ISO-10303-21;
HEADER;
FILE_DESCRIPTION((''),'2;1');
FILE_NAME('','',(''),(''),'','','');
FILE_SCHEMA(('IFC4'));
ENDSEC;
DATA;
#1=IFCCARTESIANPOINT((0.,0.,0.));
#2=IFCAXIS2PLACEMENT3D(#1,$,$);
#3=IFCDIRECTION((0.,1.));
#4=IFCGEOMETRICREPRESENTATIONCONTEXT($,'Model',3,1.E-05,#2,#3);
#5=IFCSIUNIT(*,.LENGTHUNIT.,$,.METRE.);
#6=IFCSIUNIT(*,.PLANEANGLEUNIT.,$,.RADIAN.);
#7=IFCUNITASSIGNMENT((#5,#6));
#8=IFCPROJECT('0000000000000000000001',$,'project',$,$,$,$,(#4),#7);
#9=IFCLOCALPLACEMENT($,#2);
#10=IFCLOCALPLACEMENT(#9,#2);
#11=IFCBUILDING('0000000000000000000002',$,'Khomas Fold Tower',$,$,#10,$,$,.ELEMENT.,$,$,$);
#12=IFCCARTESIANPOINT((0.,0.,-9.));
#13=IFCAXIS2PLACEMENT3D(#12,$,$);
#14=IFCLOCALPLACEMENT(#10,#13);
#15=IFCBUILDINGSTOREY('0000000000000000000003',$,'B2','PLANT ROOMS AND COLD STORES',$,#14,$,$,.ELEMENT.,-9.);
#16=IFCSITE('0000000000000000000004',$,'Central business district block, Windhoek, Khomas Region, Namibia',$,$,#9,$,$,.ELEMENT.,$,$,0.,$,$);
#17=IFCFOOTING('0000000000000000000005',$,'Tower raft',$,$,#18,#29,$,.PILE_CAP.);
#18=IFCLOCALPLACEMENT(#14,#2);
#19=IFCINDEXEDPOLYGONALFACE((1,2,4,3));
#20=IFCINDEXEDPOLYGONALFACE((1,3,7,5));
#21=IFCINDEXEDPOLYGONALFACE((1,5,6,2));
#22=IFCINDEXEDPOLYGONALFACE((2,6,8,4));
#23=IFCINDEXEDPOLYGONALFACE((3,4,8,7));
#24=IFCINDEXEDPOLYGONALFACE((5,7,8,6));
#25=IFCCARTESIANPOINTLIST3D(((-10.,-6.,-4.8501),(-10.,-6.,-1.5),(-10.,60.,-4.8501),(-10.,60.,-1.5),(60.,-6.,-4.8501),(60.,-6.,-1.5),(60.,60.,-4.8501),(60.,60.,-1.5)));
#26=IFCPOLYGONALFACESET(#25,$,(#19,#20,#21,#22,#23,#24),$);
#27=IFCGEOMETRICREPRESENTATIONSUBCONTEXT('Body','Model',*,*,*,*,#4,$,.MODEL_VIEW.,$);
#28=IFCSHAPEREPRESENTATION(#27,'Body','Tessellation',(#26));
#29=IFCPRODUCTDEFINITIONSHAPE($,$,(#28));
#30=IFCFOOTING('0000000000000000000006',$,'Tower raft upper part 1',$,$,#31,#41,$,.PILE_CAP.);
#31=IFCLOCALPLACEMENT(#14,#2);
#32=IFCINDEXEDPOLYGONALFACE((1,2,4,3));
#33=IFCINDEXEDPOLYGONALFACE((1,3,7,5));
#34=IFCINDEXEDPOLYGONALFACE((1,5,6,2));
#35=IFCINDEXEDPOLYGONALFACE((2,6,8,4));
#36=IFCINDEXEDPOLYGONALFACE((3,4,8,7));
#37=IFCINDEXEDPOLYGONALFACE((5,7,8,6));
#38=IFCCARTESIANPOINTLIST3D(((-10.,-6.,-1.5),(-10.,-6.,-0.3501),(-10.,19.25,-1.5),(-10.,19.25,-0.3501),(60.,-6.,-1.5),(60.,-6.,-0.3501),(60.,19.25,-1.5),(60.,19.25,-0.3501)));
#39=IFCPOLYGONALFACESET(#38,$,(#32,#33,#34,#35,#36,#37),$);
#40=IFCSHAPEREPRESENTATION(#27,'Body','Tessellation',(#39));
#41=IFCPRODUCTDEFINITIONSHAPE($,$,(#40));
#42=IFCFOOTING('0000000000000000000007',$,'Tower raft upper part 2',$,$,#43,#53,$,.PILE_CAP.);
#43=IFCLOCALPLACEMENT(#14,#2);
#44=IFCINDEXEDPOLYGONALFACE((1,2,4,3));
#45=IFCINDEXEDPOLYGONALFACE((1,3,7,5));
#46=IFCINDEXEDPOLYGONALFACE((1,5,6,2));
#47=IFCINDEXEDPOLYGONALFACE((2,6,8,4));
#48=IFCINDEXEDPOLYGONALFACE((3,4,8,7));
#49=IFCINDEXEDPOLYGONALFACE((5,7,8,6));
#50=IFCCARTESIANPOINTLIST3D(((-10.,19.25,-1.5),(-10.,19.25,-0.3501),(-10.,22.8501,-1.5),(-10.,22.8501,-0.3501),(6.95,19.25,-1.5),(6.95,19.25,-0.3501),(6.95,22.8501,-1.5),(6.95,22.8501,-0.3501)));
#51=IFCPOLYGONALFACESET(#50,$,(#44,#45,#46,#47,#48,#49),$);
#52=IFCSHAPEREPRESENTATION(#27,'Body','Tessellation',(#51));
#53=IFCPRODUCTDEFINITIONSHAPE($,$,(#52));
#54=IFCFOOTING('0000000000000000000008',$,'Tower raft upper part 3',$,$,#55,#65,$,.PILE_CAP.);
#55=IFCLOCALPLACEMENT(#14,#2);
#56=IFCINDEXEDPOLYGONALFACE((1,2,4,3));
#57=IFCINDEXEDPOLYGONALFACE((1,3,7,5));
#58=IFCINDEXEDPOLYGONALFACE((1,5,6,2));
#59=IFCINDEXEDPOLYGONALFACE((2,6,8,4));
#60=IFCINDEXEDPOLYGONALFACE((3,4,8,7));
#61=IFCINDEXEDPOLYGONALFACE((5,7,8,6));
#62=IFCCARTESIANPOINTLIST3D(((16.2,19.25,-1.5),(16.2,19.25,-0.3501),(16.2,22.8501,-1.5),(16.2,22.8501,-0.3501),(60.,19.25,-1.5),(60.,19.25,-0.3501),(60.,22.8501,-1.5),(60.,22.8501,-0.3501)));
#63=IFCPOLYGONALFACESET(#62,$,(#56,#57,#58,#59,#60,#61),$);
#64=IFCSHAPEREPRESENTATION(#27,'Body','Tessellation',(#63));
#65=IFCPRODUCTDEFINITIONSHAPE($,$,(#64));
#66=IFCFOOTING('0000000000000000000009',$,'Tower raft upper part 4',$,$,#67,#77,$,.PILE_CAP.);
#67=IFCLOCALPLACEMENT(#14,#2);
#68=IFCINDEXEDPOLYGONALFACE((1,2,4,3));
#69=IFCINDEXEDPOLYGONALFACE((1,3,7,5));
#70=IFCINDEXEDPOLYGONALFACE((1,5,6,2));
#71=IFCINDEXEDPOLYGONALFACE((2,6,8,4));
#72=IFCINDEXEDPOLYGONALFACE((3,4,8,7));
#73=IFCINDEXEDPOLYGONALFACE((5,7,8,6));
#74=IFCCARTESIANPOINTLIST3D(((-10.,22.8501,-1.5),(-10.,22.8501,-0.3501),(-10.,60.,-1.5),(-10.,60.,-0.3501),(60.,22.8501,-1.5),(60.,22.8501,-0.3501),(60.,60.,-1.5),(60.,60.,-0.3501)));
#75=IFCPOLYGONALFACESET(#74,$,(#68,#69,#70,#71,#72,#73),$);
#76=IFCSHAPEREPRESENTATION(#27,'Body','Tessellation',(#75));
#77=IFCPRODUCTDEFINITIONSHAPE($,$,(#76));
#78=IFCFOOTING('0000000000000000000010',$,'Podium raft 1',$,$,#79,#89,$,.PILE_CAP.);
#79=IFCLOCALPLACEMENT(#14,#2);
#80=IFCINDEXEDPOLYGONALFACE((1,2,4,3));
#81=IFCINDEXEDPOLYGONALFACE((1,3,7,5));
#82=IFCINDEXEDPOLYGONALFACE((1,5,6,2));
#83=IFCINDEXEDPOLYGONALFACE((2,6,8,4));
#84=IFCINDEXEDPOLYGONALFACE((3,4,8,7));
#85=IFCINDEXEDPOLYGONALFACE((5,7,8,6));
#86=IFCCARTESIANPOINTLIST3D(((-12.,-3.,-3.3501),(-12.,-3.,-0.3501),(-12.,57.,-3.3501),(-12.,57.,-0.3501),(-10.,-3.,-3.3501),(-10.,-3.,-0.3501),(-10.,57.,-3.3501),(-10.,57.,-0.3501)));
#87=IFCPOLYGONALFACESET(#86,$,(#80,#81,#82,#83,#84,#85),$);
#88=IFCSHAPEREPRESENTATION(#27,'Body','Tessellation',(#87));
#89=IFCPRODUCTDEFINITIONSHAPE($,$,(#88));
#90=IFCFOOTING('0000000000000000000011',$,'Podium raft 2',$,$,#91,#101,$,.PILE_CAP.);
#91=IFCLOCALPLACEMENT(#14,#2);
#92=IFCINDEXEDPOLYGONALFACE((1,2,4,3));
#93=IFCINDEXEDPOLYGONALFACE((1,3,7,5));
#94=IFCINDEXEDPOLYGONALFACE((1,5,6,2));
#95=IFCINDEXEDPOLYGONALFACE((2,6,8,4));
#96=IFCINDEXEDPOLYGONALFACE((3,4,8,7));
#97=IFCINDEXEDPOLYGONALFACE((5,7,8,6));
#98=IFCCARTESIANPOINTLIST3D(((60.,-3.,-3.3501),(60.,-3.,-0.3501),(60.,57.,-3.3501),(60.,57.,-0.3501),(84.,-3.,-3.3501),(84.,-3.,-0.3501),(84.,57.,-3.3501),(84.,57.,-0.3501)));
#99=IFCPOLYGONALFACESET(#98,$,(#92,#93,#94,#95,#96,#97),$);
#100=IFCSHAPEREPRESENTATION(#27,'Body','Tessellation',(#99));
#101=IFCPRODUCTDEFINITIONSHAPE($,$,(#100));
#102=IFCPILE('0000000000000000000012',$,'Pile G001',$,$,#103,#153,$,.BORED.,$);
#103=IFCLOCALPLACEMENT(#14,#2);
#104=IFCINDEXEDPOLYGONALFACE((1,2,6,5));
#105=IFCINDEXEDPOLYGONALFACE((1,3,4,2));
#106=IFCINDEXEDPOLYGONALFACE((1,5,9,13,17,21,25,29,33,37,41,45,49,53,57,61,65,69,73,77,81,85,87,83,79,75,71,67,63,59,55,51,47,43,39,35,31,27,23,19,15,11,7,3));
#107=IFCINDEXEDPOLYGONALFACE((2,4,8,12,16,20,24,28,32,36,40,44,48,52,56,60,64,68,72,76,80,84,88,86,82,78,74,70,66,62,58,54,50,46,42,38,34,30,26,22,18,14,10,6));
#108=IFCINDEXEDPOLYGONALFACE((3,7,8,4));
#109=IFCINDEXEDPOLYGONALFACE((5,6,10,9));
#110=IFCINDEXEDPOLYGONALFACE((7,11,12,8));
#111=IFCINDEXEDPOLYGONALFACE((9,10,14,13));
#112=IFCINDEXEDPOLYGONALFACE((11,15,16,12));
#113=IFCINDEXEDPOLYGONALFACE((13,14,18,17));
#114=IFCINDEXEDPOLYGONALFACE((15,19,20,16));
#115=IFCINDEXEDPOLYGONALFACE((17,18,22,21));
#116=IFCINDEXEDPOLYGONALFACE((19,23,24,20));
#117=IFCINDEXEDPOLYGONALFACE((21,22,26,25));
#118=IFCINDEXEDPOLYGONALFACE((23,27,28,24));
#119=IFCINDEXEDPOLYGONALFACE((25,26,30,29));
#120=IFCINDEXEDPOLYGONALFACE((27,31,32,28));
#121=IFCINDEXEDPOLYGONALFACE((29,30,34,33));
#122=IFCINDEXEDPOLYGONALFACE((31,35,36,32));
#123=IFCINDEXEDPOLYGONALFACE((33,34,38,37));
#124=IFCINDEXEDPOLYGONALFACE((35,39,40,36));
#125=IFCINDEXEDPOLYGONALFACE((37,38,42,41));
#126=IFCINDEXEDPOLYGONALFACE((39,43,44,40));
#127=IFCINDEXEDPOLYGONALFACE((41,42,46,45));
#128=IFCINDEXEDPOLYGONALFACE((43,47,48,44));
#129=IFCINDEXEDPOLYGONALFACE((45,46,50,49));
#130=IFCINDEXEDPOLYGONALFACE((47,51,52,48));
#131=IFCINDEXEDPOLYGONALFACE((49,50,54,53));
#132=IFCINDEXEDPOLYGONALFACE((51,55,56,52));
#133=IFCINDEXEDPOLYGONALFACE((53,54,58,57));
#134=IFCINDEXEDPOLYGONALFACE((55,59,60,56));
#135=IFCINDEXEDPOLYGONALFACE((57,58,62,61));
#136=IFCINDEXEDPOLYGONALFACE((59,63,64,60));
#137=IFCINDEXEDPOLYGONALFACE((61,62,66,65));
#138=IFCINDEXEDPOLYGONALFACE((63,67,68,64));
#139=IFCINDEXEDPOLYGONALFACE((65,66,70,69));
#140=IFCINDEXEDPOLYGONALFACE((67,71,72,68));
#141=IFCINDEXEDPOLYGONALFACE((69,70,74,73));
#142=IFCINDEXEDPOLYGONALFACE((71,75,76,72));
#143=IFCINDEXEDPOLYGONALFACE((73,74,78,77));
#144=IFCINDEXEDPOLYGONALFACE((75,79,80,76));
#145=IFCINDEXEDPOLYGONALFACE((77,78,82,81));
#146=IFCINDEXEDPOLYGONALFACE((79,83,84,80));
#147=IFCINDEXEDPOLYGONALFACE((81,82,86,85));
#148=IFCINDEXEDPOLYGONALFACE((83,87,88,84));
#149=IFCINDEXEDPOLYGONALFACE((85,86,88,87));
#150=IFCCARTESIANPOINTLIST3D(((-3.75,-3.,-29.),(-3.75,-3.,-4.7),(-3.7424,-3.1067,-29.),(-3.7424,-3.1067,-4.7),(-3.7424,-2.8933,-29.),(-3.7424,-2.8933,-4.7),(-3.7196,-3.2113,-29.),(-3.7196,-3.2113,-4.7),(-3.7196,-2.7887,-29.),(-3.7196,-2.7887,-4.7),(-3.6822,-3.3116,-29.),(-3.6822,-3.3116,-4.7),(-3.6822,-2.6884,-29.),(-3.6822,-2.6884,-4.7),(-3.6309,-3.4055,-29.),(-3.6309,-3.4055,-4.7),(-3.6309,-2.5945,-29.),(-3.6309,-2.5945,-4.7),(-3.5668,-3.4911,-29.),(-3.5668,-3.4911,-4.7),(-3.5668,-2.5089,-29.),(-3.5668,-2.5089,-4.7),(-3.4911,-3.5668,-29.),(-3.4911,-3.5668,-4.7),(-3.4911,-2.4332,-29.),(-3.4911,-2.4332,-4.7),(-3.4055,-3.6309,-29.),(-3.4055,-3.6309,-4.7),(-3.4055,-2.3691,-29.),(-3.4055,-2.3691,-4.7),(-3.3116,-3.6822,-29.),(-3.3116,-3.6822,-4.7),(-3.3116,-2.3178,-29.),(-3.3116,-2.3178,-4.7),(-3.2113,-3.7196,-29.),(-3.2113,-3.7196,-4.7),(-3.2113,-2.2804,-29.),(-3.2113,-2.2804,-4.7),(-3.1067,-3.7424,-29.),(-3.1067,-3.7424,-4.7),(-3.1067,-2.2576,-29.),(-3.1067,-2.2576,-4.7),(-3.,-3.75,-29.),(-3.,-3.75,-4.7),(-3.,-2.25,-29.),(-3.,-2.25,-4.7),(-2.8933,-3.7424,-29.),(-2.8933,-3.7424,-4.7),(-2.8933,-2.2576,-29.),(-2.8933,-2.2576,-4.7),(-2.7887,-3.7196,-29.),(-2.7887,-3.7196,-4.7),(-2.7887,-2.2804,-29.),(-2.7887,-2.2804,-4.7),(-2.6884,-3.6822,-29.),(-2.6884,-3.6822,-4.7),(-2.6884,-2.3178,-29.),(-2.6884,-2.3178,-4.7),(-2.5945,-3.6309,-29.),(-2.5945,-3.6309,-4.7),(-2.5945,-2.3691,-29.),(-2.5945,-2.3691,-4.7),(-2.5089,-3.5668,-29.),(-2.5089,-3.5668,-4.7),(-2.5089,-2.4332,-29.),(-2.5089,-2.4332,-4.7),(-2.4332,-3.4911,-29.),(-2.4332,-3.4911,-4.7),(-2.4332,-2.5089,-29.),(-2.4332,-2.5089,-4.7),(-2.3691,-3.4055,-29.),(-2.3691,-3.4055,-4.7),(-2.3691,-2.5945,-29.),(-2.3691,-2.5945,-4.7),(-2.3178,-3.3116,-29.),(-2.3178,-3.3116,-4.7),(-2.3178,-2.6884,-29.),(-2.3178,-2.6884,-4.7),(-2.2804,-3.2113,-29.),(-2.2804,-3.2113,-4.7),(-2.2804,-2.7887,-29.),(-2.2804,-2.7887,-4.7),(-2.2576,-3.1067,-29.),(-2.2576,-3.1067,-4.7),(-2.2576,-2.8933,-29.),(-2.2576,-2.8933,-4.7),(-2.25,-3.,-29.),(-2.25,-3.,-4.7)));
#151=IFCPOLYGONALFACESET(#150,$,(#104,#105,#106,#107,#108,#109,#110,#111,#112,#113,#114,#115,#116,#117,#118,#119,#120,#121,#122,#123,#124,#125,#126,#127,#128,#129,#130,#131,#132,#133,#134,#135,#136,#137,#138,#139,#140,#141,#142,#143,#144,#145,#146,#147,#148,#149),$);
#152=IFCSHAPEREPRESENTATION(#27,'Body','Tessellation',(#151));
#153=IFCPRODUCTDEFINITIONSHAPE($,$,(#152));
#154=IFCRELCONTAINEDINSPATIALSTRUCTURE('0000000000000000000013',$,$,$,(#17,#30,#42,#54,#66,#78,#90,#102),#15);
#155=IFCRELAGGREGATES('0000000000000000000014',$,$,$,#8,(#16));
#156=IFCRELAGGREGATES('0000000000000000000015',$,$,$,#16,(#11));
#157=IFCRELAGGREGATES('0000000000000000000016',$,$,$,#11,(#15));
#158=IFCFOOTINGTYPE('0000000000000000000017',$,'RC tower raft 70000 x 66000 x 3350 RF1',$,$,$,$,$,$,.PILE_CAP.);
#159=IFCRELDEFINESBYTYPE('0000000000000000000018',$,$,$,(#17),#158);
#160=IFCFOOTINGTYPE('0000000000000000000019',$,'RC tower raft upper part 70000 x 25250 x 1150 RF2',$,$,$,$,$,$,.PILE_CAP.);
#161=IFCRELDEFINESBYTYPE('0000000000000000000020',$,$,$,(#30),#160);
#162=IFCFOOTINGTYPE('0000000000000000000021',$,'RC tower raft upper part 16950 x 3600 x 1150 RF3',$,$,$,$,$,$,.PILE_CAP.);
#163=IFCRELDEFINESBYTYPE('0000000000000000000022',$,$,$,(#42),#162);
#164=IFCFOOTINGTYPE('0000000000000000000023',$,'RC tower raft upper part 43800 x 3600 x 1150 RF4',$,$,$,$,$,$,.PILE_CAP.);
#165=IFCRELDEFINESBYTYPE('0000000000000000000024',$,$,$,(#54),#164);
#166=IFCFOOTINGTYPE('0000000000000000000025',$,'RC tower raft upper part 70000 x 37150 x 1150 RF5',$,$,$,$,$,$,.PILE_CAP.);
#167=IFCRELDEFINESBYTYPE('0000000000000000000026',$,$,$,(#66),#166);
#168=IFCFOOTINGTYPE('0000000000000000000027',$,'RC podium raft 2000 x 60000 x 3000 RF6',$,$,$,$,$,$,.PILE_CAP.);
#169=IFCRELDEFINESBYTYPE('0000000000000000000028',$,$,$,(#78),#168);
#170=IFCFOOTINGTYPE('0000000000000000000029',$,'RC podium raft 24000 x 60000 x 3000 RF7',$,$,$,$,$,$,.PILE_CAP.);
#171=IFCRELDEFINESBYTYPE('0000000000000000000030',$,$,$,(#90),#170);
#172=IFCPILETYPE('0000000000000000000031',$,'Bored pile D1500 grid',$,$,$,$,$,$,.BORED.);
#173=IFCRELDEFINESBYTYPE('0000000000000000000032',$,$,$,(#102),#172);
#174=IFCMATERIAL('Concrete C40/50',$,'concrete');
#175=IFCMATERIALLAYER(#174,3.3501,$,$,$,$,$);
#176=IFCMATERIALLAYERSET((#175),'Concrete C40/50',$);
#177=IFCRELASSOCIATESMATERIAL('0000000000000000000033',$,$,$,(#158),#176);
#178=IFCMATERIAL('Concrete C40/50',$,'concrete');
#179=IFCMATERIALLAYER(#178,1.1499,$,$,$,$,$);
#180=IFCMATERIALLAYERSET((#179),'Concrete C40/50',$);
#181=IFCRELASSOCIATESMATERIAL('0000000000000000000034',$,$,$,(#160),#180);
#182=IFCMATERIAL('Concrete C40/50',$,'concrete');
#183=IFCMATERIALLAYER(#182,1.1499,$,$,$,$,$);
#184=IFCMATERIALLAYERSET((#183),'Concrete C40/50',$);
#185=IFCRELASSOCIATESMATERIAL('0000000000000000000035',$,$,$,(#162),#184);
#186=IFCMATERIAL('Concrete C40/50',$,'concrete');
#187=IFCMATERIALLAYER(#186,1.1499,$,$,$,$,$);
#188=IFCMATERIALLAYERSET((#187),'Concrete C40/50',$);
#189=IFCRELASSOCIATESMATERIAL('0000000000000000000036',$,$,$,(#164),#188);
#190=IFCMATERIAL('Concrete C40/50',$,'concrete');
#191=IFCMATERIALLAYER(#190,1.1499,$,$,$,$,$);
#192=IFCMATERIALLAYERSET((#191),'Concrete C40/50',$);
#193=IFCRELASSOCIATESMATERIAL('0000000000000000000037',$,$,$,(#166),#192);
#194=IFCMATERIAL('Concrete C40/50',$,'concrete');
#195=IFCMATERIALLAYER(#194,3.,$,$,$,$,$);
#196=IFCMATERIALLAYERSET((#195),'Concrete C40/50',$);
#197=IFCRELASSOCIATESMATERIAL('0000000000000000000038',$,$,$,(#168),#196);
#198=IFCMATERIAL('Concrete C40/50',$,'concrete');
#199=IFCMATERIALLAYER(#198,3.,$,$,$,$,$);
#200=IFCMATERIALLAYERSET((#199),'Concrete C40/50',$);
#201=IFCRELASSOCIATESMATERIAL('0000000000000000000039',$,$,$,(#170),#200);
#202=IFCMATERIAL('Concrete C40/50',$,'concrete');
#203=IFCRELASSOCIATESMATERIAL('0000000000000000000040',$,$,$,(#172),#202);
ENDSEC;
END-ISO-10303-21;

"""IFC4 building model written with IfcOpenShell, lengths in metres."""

from ifc_helpers import new_model, si_unit, direction, frame, origin, origin_2d, place, context, subcontext, project, spatial, polyline, circle, outline, extrude, source, transform, mapped, material, layer, layer_set, material_profile, profile_set, type_object, element, save


model = new_model("IFC4")

# Units and contexts
model_context = context("Model", 3, precision=1e-05, world=origin(), true_north=direction((0.0, 1.0)))
body_context = subcontext(model_context, "Body", "Model", "MODEL_VIEW")
ifc_project = project(units=[si_unit("LENGTHUNIT", "METRE"), si_unit("PLANEANGLEUNIT", "RADIAN")], contexts=[model_context])

# Site, building, storey
site_placement = place(None, origin())
site = spatial("IfcSite", under=ifc_project, at=site_placement, Name="Central business district block, Windhoek, Khomas Region, Namibia", CompositionType="ELEMENT", RefElevation=0.0)
building_placement = place(site_placement, origin())
building = spatial("IfcBuilding", under=site, at=building_placement, Name="Khomas Fold Tower", CompositionType="ELEMENT")
storey_placement = place(building_placement, frame((0.0, 0.0, -9.0)))
storey = spatial("IfcBuildingStorey", under=building, at=storey_placement, Name="B2", Description="PLANT ROOMS AND COLD STORES", CompositionType="ELEMENT", Elevation=-9.0)

# Footings
ifc_material_1 = material(Name="Concrete C40/50", Category="concrete")
ifc_layer_1 = layer(ifc_material_1, 3.3501)
ifc_layer_set_1 = layer_set([ifc_layer_1], Name="Concrete C40/50")
footing_type_1 = type_object("IfcFootingType", Name="RC tower raft 70000 x 66000 x 3350 RF1", PredefinedType="PILE_CAP", material=ifc_layer_set_1)
shared_shape_1 = source(origin(), body_context, "Body", "SweptSolid", [
    extrude(outline(polyline([(-10.0, -6.0), (60.0, -6.0), (60.0, 60.0), (-10.0, 60.0), (-10.0, -6.0)])), origin(), (0.0, 0.0, 1.0), 3.3501),
])
footing_1_placement = place(storey_placement, frame((0.0, 0.0, -4.8501)))
element("IfcFooting", 1, at=footing_1_placement, inside=storey, type_object=footing_type_1, Name="Tower raft", PredefinedType="PILE_CAP", context=body_context, shape_type="MappedRepresentation", body=[
    mapped(shared_shape_1, transform((0.0, 0.0, 0.0))),
])
ifc_material_2 = material(Name="Concrete C40/50", Category="concrete")
ifc_layer_2 = layer(ifc_material_2, 1.1499)
ifc_layer_set_2 = layer_set([ifc_layer_2], Name="Concrete C40/50")
footing_type_2 = type_object("IfcFootingType", Name="RC tower raft upper part 70000 x 25250 x 1150 RF2", PredefinedType="PILE_CAP", material=ifc_layer_set_2)
shared_shape_2 = source(origin(), body_context, "Body", "SweptSolid", [
    extrude(outline(polyline([(-10.0, -6.0), (60.0, -6.0), (60.0, 19.25), (-10.0, 19.25), (-10.0, -6.0)])), origin(), (0.0, 0.0, 1.0), 1.1499),
])
footing_2_placement = place(storey_placement, frame((0.0, 0.0, -1.5)))
element("IfcFooting", 2, at=footing_2_placement, inside=storey, type_object=footing_type_2, Name="Tower raft upper part 1", PredefinedType="PILE_CAP", context=body_context, shape_type="MappedRepresentation", body=[
    mapped(shared_shape_2, transform((0.0, 0.0, 0.0))),
])
ifc_material_3 = material(Name="Concrete C40/50", Category="concrete")
ifc_layer_3 = layer(ifc_material_3, 1.1499)
ifc_layer_set_3 = layer_set([ifc_layer_3], Name="Concrete C40/50")
footing_type_3 = type_object("IfcFootingType", Name="RC tower raft upper part 16950 x 3600 x 1150 RF3", PredefinedType="PILE_CAP", material=ifc_layer_set_3)
shared_shape_3 = source(origin(), body_context, "Body", "SweptSolid", [
    extrude(outline(polyline([(-10.0, 19.25), (6.95, 19.25), (6.95, 22.8501), (-10.0, 22.8501), (-10.0, 19.25)])), origin(), (0.0, 0.0, 1.0), 1.1499),
])
footing_3_placement = place(storey_placement, frame((0.0, 0.0, -1.5)))
element("IfcFooting", 3, at=footing_3_placement, inside=storey, type_object=footing_type_3, Name="Tower raft upper part 2", PredefinedType="PILE_CAP", context=body_context, shape_type="MappedRepresentation", body=[
    mapped(shared_shape_3, transform((0.0, 0.0, 0.0))),
])
ifc_material_4 = material(Name="Concrete C40/50", Category="concrete")
ifc_layer_4 = layer(ifc_material_4, 1.1499)
ifc_layer_set_4 = layer_set([ifc_layer_4], Name="Concrete C40/50")
footing_type_4 = type_object("IfcFootingType", Name="RC tower raft upper part 43800 x 3600 x 1150 RF4", PredefinedType="PILE_CAP", material=ifc_layer_set_4)
shared_shape_4 = source(origin(), body_context, "Body", "SweptSolid", [
    extrude(outline(polyline([(16.2, 19.25), (60.0, 19.25), (60.0, 22.8501), (16.2, 22.8501), (16.2, 19.25)])), origin(), (0.0, 0.0, 1.0), 1.1499),
])
footing_4_placement = place(storey_placement, frame((0.0, 0.0, -1.5)))
element("IfcFooting", 4, at=footing_4_placement, inside=storey, type_object=footing_type_4, Name="Tower raft upper part 3", PredefinedType="PILE_CAP", context=body_context, shape_type="MappedRepresentation", body=[
    mapped(shared_shape_4, transform((0.0, 0.0, 0.0))),
])
ifc_material_5 = material(Name="Concrete C40/50", Category="concrete")
ifc_layer_5 = layer(ifc_material_5, 1.1499)
ifc_layer_set_5 = layer_set([ifc_layer_5], Name="Concrete C40/50")
footing_type_5 = type_object("IfcFootingType", Name="RC tower raft upper part 70000 x 37150 x 1150 RF5", PredefinedType="PILE_CAP", material=ifc_layer_set_5)
shared_shape_5 = source(origin(), body_context, "Body", "SweptSolid", [
    extrude(outline(polyline([(-10.0, 22.8501), (60.0, 22.8501), (60.0, 60.0), (-10.0, 60.0), (-10.0, 22.8501)])), origin(), (0.0, 0.0, 1.0), 1.1499),
])
footing_5_placement = place(storey_placement, frame((0.0, 0.0, -1.5)))
element("IfcFooting", 5, at=footing_5_placement, inside=storey, type_object=footing_type_5, Name="Tower raft upper part 4", PredefinedType="PILE_CAP", context=body_context, shape_type="MappedRepresentation", body=[
    mapped(shared_shape_5, transform((0.0, 0.0, 0.0))),
])
ifc_material_6 = material(Name="Concrete C40/50", Category="concrete")
ifc_layer_6 = layer(ifc_material_6, 3.0)
ifc_layer_set_6 = layer_set([ifc_layer_6], Name="Concrete C40/50")
footing_type_6 = type_object("IfcFootingType", Name="RC podium raft 2000 x 60000 x 3000 RF6", PredefinedType="PILE_CAP", material=ifc_layer_set_6)
shared_shape_6 = source(origin(), body_context, "Body", "SweptSolid", [
    extrude(outline(polyline([(-12.0, -3.0), (-10.0, -3.0), (-10.0, 57.0), (-12.0, 57.0), (-12.0, -3.0)])), origin(), (0.0, 0.0, 1.0), 3.0),
])
footing_6_placement = place(storey_placement, frame((0.0, 0.0, -3.3501)))
element("IfcFooting", 6, at=footing_6_placement, inside=storey, type_object=footing_type_6, Name="Podium raft 1", PredefinedType="PILE_CAP", context=body_context, shape_type="MappedRepresentation", body=[
    mapped(shared_shape_6, transform((0.0, 0.0, 0.0))),
])
ifc_material_7 = material(Name="Concrete C40/50", Category="concrete")
ifc_layer_7 = layer(ifc_material_7, 3.0)
ifc_layer_set_7 = layer_set([ifc_layer_7], Name="Concrete C40/50")
footing_type_7 = type_object("IfcFootingType", Name="RC podium raft 24000 x 60000 x 3000 RF7", PredefinedType="PILE_CAP", material=ifc_layer_set_7)
shared_shape_7 = source(origin(), body_context, "Body", "SweptSolid", [
    extrude(outline(polyline([(60.0, -3.0), (84.0, -3.0), (84.0, 57.0), (60.0, 57.0), (60.0, -3.0)])), origin(), (0.0, 0.0, 1.0), 3.0),
])
footing_7_placement = place(storey_placement, frame((0.0, 0.0, -3.3501)))
element("IfcFooting", 7, at=footing_7_placement, inside=storey, type_object=footing_type_7, Name="Podium raft 2", PredefinedType="PILE_CAP", context=body_context, shape_type="MappedRepresentation", body=[
    mapped(shared_shape_7, transform((0.0, 0.0, 0.0))),
])

# Pile
ifc_material_8 = material(Name="Concrete C40/50", Category="concrete")
ifc_material_profile = material_profile(ifc_material_8, circle(Radius=0.75, at=origin_2d()), Name="PILE D1500")
ifc_profile_set = profile_set([ifc_material_profile], Name="Concrete C40/50")
pile_type = type_object("IfcPileType", Name="Bored pile D1500 grid", PredefinedType="BORED", material=ifc_profile_set)
shared_shape_8 = source(origin(), body_context, "Body", "SweptSolid", [
    extrude(circle(Radius=0.75, at=origin_2d()), origin(), (0.0, 0.0, 1.0), 24.3),
])
for number, where, z_axis, x_axis, name in (
    (8, (-3.0, -3.0, -4.7), (0.0, 0.0, -1.0), (1.0, 0.0, 0.0), "Pile G001"),
):
    element("IfcPile", number, at=place(storey_placement, frame(where, z_axis=z_axis, x_axis=x_axis)), inside=storey, type_object=pile_type, Name=name, PredefinedType="BORED", context=body_context, shape_type="MappedRepresentation", body=[
        mapped(shared_shape_8, transform((0.0, 0.0, 0.0))),
    ])

save(model, "model.ifc")
